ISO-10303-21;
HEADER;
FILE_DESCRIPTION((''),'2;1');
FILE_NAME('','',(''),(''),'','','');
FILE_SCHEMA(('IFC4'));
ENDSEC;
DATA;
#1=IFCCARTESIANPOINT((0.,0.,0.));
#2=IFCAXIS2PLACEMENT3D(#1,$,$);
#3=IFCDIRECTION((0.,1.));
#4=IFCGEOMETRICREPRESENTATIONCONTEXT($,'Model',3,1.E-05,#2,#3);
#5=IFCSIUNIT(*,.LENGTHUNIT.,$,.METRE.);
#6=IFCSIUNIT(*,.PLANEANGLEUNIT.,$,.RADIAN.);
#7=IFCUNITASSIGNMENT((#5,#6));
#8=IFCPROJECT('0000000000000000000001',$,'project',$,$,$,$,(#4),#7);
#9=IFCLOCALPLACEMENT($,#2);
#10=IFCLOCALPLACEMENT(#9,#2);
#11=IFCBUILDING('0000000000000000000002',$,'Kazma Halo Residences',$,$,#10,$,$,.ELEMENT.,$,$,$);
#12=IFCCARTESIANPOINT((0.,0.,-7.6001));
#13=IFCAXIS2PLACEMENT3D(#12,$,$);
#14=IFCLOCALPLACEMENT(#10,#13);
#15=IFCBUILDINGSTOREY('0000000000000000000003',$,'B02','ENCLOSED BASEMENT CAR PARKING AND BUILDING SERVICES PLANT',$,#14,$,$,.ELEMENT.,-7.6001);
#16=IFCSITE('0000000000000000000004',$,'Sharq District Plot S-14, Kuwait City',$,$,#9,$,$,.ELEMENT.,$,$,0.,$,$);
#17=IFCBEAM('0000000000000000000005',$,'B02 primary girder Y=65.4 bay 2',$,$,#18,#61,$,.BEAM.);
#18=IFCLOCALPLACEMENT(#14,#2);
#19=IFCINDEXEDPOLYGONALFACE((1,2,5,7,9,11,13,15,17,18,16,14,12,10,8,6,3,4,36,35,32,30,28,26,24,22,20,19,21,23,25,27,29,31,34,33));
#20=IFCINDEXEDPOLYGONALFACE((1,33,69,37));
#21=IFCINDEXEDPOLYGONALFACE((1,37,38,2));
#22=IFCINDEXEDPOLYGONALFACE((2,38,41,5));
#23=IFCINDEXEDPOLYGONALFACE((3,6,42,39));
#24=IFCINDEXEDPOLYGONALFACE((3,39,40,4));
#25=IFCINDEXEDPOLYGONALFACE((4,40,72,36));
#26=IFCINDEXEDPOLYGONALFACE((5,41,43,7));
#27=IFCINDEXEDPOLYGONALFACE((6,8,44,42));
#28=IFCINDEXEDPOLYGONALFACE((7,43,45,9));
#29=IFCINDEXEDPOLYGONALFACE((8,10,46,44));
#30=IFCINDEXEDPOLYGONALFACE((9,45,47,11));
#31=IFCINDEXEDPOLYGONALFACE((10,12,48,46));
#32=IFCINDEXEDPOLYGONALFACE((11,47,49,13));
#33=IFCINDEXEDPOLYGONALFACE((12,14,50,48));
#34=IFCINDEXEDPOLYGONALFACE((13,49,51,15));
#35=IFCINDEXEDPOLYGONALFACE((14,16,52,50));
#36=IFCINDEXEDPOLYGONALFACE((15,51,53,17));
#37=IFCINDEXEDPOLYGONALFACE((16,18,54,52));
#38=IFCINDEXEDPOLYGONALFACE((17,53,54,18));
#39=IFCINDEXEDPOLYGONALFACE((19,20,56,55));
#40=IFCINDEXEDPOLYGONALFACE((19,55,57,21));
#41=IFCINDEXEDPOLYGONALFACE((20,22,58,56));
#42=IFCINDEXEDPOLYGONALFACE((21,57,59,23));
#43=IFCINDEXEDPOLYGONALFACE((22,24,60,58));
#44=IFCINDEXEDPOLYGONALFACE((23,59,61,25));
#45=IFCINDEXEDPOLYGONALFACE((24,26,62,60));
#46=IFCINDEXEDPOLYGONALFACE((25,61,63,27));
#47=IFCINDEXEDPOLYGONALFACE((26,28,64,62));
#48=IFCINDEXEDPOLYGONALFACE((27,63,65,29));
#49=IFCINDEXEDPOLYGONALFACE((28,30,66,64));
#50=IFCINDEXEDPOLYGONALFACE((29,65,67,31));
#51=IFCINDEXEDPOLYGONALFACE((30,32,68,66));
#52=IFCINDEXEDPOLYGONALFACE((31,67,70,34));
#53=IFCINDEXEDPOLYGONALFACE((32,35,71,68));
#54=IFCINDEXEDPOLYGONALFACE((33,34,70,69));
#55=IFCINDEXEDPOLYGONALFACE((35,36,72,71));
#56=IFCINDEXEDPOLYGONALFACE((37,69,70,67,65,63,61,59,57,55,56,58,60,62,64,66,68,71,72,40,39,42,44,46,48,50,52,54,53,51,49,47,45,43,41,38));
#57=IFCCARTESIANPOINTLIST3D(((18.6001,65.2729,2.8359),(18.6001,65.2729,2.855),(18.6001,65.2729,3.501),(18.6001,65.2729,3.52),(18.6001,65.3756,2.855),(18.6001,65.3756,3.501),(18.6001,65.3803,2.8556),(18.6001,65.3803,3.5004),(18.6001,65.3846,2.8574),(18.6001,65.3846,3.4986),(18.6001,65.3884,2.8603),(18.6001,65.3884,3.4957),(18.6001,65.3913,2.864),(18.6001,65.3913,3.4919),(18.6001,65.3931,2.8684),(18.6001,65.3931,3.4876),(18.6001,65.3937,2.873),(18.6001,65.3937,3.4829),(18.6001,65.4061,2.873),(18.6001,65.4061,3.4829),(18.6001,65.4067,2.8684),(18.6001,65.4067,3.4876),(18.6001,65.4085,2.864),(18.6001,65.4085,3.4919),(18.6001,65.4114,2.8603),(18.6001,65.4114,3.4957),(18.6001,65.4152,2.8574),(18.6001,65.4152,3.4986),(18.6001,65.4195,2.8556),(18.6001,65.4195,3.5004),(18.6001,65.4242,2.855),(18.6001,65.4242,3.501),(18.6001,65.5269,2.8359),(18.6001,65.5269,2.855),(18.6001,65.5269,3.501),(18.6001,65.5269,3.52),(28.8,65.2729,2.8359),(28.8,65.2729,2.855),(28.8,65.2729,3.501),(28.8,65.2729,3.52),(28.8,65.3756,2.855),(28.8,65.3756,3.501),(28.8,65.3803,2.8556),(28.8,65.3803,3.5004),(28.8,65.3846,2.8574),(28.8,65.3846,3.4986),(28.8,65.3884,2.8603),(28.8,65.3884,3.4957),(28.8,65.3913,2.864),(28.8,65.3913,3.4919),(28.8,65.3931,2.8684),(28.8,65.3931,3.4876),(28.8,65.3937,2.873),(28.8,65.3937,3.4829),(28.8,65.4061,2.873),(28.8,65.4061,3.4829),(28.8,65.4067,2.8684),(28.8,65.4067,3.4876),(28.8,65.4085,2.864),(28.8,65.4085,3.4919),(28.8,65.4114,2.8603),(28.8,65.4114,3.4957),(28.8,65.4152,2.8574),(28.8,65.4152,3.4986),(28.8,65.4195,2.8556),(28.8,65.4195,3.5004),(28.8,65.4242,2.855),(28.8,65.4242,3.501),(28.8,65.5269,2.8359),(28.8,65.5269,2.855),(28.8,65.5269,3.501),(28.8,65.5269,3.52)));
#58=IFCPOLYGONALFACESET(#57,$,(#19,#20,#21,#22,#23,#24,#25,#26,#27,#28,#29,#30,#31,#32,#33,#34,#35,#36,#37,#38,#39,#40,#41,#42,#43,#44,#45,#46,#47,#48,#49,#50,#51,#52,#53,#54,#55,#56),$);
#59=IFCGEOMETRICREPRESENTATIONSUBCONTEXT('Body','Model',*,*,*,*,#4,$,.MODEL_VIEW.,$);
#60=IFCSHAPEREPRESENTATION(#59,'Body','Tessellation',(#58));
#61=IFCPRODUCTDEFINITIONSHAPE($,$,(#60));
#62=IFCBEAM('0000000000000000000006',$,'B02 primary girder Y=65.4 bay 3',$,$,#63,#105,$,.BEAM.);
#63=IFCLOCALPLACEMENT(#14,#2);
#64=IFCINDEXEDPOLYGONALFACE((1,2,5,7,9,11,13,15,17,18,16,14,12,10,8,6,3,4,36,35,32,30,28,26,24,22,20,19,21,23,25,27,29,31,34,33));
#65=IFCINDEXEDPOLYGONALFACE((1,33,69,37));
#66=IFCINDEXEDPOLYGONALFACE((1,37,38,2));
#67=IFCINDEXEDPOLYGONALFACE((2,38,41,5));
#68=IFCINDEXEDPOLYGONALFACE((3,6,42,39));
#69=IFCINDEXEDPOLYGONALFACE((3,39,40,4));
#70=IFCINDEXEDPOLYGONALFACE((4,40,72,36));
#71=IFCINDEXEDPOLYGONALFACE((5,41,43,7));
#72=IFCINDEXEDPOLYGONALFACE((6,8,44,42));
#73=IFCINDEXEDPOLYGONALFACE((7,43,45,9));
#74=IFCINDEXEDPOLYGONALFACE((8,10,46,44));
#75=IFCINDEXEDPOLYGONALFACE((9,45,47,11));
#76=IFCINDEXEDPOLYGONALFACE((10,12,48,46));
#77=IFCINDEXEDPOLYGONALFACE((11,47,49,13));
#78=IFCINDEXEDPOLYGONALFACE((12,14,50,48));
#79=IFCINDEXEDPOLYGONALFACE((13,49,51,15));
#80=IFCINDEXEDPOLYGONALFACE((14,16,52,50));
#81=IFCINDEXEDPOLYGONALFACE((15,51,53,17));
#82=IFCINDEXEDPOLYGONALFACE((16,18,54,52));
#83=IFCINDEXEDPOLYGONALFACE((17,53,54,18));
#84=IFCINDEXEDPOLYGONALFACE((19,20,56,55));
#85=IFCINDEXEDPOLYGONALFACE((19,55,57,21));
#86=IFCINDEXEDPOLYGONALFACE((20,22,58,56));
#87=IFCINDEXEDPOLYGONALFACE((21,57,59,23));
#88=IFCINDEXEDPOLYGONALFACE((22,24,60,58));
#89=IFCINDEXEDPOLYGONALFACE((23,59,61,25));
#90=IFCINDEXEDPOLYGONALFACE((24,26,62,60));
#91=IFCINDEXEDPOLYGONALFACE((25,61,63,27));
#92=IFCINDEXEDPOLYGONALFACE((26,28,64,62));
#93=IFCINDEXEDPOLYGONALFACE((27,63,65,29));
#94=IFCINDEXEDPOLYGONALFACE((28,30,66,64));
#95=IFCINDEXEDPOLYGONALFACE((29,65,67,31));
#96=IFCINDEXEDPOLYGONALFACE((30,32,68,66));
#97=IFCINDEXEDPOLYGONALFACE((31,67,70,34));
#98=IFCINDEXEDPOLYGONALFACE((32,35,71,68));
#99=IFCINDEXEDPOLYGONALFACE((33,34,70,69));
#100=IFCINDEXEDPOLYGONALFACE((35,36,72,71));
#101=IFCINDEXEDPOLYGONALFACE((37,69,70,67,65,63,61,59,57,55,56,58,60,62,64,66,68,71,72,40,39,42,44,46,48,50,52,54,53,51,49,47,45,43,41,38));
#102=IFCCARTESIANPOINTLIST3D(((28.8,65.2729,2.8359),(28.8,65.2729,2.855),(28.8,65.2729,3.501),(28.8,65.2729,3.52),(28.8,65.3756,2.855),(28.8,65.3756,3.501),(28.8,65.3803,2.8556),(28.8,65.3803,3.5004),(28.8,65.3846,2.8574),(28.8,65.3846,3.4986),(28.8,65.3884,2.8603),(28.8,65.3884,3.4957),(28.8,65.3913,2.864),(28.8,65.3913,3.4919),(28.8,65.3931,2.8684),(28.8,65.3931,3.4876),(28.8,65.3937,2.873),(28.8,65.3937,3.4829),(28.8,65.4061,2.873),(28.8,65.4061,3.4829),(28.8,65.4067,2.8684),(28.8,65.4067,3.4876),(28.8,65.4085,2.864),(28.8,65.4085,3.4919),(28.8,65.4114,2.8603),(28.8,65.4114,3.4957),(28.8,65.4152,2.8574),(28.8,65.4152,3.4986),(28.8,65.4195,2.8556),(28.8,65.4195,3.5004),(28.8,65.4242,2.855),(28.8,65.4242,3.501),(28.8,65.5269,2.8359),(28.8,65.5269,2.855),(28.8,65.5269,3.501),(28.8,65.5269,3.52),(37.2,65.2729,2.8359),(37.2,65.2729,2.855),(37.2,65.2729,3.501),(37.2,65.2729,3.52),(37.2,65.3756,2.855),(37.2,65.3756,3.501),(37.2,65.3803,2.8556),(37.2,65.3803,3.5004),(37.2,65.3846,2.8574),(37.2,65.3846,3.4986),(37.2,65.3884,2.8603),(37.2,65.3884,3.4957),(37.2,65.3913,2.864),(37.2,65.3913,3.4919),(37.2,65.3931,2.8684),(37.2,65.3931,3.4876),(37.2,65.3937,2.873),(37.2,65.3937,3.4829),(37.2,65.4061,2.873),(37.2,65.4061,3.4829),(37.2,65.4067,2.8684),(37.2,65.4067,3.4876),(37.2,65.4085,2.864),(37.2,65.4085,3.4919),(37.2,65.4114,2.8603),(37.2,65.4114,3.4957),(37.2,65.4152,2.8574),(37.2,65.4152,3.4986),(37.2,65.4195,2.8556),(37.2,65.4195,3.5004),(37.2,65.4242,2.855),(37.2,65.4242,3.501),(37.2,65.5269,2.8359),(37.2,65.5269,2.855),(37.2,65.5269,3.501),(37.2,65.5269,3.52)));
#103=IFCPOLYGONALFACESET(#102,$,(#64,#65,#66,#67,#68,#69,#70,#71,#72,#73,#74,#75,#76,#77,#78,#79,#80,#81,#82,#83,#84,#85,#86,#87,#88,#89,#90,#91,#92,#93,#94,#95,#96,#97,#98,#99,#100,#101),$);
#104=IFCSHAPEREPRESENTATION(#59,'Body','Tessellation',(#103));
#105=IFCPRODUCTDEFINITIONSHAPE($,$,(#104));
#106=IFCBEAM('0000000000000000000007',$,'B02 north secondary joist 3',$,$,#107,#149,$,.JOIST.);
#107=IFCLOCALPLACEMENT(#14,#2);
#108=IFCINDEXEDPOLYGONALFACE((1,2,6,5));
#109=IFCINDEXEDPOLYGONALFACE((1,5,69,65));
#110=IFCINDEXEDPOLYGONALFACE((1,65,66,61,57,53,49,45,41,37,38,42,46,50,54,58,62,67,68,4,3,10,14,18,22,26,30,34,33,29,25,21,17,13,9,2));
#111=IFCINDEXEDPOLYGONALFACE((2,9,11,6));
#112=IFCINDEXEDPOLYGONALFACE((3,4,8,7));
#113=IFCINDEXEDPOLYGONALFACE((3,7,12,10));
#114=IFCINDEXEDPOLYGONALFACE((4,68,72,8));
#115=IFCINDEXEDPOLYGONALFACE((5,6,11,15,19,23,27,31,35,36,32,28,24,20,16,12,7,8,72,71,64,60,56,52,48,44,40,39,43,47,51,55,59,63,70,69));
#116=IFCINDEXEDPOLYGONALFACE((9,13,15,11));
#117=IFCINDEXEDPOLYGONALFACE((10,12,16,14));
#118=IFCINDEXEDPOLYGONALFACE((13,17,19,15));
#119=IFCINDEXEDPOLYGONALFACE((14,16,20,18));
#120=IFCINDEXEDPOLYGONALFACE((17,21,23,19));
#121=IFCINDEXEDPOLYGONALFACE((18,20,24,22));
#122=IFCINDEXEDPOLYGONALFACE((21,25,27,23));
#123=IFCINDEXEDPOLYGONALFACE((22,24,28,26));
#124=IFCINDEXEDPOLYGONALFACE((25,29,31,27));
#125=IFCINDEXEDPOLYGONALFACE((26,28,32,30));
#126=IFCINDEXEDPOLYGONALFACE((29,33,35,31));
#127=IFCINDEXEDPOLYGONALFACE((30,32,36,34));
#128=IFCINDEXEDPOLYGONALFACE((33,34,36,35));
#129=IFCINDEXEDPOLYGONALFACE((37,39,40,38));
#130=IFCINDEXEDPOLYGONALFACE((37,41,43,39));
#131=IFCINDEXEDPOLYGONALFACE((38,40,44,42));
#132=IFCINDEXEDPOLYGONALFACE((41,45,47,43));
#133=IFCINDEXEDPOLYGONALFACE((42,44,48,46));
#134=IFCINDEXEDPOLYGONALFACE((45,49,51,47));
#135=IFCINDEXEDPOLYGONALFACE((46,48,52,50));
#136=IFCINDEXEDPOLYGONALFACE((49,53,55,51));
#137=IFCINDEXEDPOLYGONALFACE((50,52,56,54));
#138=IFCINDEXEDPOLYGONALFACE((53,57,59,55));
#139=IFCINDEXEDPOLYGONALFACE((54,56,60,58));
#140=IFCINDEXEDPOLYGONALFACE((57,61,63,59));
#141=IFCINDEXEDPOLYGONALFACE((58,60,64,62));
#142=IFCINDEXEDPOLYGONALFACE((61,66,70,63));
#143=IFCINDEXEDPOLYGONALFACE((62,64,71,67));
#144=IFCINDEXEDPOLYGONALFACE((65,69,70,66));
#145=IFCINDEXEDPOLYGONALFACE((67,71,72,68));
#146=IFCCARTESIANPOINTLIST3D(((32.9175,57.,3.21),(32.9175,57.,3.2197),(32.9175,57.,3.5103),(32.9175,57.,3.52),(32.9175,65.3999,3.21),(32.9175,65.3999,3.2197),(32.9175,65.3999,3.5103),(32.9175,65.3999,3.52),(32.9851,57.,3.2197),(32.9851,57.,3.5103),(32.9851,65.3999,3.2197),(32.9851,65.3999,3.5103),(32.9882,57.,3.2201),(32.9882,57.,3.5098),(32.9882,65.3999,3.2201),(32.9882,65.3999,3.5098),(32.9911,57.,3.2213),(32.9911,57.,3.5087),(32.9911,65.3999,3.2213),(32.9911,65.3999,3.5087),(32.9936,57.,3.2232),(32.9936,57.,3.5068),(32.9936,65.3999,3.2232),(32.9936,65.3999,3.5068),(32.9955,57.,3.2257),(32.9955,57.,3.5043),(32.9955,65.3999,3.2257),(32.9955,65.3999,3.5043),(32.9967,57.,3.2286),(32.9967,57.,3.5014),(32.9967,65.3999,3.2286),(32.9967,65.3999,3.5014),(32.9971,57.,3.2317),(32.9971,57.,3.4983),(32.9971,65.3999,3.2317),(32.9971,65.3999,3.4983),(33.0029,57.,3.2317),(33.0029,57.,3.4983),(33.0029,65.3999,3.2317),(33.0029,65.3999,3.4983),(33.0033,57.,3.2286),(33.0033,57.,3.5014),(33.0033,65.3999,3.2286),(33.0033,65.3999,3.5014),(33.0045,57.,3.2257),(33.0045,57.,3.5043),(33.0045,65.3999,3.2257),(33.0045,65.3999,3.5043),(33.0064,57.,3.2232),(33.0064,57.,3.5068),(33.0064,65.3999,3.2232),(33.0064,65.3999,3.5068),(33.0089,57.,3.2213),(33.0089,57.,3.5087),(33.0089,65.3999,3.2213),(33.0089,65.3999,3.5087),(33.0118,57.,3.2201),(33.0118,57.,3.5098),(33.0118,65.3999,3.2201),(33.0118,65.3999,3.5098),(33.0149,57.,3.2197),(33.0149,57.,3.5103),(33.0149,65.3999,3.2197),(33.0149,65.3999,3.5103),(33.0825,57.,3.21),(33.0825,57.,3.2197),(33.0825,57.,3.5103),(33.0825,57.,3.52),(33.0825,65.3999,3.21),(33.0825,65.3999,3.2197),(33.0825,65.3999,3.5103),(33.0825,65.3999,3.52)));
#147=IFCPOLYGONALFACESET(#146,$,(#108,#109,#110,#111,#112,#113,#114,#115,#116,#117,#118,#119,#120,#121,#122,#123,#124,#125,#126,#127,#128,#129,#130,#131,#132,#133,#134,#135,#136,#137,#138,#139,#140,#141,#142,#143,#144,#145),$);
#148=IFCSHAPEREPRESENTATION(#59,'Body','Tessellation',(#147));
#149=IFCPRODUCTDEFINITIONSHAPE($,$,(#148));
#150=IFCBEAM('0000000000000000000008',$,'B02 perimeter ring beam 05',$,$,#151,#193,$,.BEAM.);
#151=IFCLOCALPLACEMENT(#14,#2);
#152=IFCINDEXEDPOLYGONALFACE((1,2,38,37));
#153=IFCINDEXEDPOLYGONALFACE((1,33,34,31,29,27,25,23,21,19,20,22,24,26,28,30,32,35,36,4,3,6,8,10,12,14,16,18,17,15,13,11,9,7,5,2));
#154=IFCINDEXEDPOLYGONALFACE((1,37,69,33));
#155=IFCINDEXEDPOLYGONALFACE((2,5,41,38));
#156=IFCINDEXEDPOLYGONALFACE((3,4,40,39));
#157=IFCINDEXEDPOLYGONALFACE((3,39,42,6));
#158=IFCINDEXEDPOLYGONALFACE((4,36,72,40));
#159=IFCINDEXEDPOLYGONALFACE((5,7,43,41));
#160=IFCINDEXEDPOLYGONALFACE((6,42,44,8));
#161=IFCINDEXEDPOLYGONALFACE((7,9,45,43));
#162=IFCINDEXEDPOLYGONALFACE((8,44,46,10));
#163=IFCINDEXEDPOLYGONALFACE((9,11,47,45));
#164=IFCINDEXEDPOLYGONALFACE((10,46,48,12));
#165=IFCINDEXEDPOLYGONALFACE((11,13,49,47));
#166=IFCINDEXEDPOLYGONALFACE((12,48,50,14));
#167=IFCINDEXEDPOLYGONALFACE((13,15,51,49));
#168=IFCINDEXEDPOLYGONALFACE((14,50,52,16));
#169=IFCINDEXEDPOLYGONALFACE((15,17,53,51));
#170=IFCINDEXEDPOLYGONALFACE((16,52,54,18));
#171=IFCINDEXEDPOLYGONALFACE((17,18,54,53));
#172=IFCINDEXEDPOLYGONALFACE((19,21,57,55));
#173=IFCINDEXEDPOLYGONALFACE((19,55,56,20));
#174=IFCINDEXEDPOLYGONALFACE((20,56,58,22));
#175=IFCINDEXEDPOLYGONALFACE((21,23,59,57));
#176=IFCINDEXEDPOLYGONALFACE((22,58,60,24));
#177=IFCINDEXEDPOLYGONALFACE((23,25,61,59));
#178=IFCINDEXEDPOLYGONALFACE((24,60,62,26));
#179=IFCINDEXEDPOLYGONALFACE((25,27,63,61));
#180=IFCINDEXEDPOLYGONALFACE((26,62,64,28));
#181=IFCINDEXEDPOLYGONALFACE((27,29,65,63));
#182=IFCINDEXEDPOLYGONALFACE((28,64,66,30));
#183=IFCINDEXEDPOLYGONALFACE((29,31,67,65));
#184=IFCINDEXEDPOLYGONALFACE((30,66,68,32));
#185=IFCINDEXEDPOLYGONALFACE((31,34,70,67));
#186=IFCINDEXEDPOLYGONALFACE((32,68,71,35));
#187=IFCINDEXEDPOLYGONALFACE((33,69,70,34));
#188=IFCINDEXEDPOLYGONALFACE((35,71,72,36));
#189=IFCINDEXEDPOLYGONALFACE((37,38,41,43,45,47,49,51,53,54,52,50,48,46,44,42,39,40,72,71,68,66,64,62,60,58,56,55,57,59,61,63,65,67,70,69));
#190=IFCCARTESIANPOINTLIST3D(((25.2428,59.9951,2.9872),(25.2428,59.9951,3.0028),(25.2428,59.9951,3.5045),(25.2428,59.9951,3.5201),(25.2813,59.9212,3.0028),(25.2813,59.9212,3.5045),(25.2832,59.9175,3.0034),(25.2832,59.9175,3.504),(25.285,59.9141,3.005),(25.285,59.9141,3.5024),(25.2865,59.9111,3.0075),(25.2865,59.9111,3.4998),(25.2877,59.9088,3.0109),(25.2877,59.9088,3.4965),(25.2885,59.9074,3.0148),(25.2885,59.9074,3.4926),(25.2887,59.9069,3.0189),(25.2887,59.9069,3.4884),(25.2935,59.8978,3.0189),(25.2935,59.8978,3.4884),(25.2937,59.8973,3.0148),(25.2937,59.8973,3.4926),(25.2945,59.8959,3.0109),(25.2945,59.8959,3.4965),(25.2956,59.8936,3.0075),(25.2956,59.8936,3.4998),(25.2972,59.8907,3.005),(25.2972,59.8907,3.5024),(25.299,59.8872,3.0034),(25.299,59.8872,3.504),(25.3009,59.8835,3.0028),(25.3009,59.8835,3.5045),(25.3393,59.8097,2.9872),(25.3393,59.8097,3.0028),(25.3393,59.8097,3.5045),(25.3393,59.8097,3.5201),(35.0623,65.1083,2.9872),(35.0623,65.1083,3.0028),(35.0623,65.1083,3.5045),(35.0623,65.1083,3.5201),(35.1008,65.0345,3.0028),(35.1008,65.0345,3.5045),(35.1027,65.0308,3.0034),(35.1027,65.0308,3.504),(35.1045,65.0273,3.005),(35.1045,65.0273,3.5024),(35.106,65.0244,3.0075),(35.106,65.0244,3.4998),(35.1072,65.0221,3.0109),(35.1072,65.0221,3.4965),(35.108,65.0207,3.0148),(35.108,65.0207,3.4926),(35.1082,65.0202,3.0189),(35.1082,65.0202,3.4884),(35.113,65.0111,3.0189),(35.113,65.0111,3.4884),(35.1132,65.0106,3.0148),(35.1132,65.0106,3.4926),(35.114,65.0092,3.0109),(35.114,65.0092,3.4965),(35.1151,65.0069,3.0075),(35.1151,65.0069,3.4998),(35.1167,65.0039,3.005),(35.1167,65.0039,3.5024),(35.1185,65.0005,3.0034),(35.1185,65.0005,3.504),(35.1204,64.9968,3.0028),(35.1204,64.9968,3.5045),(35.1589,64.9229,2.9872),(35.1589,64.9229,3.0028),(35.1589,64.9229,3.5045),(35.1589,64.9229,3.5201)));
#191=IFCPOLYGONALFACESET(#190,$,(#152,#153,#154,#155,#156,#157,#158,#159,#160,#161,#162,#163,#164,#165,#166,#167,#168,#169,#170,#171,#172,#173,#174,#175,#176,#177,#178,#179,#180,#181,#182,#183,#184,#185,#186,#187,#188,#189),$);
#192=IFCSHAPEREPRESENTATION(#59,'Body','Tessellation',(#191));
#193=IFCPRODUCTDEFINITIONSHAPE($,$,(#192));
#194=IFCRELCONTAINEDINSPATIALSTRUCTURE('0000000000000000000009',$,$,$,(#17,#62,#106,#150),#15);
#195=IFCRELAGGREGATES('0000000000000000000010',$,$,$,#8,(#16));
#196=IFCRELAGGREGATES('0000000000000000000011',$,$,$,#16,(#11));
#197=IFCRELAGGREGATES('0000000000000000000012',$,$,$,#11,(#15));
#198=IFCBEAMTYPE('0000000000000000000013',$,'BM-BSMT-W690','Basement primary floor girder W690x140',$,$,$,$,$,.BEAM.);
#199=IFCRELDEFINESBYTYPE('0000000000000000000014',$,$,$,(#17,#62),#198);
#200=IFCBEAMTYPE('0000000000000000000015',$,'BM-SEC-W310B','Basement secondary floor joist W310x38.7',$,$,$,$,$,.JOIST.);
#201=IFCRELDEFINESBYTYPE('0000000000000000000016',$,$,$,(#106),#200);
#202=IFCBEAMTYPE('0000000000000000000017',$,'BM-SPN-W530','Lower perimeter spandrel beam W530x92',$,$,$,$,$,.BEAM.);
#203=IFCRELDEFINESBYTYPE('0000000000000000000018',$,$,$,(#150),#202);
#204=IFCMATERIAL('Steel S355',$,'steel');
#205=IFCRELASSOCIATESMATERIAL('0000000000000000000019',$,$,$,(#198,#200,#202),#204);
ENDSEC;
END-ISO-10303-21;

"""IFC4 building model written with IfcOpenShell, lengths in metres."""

from ifc_helpers import new_model, si_unit, direction, frame, origin, origin_2d, place, context, subcontext, project, spatial, i_section, extrude, material, material_profile, profile_set, type_object, element, save


model = new_model("IFC4")

# Units and contexts
model_context = context("Model", 3, precision=1e-05, world=origin(), true_north=direction((0.0, 1.0)))
body_context = subcontext(model_context, "Body", "Model", "MODEL_VIEW")
ifc_project = project(units=[si_unit("LENGTHUNIT", "METRE"), si_unit("PLANEANGLEUNIT", "RADIAN")], contexts=[model_context])

# Site, building, storey
site_placement = place(None, origin())
site = spatial("IfcSite", under=ifc_project, at=site_placement, Name="Sharq District Plot S-14, Kuwait City", CompositionType="ELEMENT", RefElevation=0.0)
building_placement = place(site_placement, origin())
building = spatial("IfcBuilding", under=site, at=building_placement, Name="Kazma Halo Residences", CompositionType="ELEMENT")
storey_placement = place(building_placement, frame((0.0, 0.0, -7.6001)))
storey = spatial("IfcBuildingStorey", under=building, at=storey_placement, Name="B02", Description="ENCLOSED BASEMENT CAR PARKING AND BUILDING SERVICES PLANT", CompositionType="ELEMENT", Elevation=-7.6001)

# Beams
ifc_material_1 = material(Name="Steel S355", Category="steel")
ifc_material_profile_1 = material_profile(ifc_material_1, i_section(OverallWidth=0.2539, OverallDepth=0.6841, WebThickness=0.0125, FlangeThickness=0.019, FilletRadius=0.0181, at=origin_2d()), Name="W690x140")
ifc_profile_set_1 = profile_set([ifc_material_profile_1], Name="Steel S355")
beam_type_1 = type_object("IfcBeamType", Name="BM-BSMT-W690", Description="Basement primary floor girder W690x140", PredefinedType="BEAM", material=ifc_profile_set_1)
beam_1_placement = place(storey_placement, frame((18.6001, 65.3999, 3.178), z_axis=(1.0, 0.0, 0.0), x_axis=(0.0, 1.0, 0.0)))
element("IfcBeam", 1, at=beam_1_placement, inside=storey, type_object=beam_type_1, Name="B02 primary girder Y=65.4 bay 2", PredefinedType="BEAM", context=body_context, shape_type="SweptSolid", body=[
    extrude(i_section(OverallWidth=0.2539, OverallDepth=0.6841, WebThickness=0.0125, FlangeThickness=0.019, FilletRadius=0.0181, at=origin_2d()), origin(), (0.0, 0.0, 1.0), 10.2),
])
beam_2_placement = place(storey_placement, frame((28.8, 65.3999, 3.178), z_axis=(1.0, 0.0, 0.0), x_axis=(0.0, 1.0, 0.0)))
element("IfcBeam", 2, at=beam_2_placement, inside=storey, type_object=beam_type_1, Name="B02 primary girder Y=65.4 bay 3", PredefinedType="BEAM", context=body_context, shape_type="SweptSolid", body=[
    extrude(i_section(OverallWidth=0.2539, OverallDepth=0.6841, WebThickness=0.0125, FlangeThickness=0.019, FilletRadius=0.0181, at=origin_2d()), origin(), (0.0, 0.0, 1.0), 8.3999),
])
ifc_material_profile_2 = material_profile(ifc_material_1, i_section(OverallWidth=0.165, OverallDepth=0.3101, WebThickness=0.0059, FlangeThickness=0.0098, FilletRadius=0.012, at=origin_2d()), Name="W310x38.7")
ifc_profile_set_2 = profile_set([ifc_material_profile_2], Name="Steel S355")
beam_type_2 = type_object("IfcBeamType", Name="BM-SEC-W310B", Description="Basement secondary floor joist W310x38.7", PredefinedType="JOIST", material=ifc_profile_set_2)
beam_3_placement = place(storey_placement, frame((33.0, 57.0, 3.365), z_axis=(0.0, 1.0, 0.0), x_axis=(-1.0, 0.0, 0.0)))
element("IfcBeam", 3, at=beam_3_placement, inside=storey, type_object=beam_type_2, Name="B02 north secondary joist 3", PredefinedType="JOIST", context=body_context, shape_type="SweptSolid", body=[
    extrude(i_section(OverallWidth=0.165, OverallDepth=0.3101, WebThickness=0.0059, FlangeThickness=0.0098, FilletRadius=0.012, at=origin_2d()), origin(), (0.0, 0.0, 1.0), 8.3999),
])
ifc_material_profile_3 = material_profile(ifc_material_1, i_section(OverallWidth=0.209, OverallDepth=0.533, WebThickness=0.0103, FlangeThickness=0.0156, FilletRadius=0.0161, at=origin_2d()), Name="W530x92")
ifc_profile_set_3 = profile_set([ifc_material_profile_3], Name="Steel S355")
beam_type_3 = type_object("IfcBeamType", Name="BM-SPN-W530", Description="Lower perimeter spandrel beam W530x92", PredefinedType="BEAM", material=ifc_profile_set_3)
beam_4_placement = place(storey_placement, frame((35.1106, 65.0156, 3.2537), z_axis=(-0.886954, -0.461857, 0.0), x_axis=(0.461857, -0.886954, 0.0)))
element("IfcBeam", 4, at=beam_4_placement, inside=storey, type_object=beam_type_3, Name="B02 perimeter ring beam 05", PredefinedType="BEAM", context=body_context, shape_type="SweptSolid", body=[
    extrude(i_section(OverallWidth=0.209, OverallDepth=0.533, WebThickness=0.0103, FlangeThickness=0.0156, FilletRadius=0.0161, at=origin_2d()), origin(), (0.0, 0.0, 1.0), 11.071),
])

save(model, "model.ifc")
